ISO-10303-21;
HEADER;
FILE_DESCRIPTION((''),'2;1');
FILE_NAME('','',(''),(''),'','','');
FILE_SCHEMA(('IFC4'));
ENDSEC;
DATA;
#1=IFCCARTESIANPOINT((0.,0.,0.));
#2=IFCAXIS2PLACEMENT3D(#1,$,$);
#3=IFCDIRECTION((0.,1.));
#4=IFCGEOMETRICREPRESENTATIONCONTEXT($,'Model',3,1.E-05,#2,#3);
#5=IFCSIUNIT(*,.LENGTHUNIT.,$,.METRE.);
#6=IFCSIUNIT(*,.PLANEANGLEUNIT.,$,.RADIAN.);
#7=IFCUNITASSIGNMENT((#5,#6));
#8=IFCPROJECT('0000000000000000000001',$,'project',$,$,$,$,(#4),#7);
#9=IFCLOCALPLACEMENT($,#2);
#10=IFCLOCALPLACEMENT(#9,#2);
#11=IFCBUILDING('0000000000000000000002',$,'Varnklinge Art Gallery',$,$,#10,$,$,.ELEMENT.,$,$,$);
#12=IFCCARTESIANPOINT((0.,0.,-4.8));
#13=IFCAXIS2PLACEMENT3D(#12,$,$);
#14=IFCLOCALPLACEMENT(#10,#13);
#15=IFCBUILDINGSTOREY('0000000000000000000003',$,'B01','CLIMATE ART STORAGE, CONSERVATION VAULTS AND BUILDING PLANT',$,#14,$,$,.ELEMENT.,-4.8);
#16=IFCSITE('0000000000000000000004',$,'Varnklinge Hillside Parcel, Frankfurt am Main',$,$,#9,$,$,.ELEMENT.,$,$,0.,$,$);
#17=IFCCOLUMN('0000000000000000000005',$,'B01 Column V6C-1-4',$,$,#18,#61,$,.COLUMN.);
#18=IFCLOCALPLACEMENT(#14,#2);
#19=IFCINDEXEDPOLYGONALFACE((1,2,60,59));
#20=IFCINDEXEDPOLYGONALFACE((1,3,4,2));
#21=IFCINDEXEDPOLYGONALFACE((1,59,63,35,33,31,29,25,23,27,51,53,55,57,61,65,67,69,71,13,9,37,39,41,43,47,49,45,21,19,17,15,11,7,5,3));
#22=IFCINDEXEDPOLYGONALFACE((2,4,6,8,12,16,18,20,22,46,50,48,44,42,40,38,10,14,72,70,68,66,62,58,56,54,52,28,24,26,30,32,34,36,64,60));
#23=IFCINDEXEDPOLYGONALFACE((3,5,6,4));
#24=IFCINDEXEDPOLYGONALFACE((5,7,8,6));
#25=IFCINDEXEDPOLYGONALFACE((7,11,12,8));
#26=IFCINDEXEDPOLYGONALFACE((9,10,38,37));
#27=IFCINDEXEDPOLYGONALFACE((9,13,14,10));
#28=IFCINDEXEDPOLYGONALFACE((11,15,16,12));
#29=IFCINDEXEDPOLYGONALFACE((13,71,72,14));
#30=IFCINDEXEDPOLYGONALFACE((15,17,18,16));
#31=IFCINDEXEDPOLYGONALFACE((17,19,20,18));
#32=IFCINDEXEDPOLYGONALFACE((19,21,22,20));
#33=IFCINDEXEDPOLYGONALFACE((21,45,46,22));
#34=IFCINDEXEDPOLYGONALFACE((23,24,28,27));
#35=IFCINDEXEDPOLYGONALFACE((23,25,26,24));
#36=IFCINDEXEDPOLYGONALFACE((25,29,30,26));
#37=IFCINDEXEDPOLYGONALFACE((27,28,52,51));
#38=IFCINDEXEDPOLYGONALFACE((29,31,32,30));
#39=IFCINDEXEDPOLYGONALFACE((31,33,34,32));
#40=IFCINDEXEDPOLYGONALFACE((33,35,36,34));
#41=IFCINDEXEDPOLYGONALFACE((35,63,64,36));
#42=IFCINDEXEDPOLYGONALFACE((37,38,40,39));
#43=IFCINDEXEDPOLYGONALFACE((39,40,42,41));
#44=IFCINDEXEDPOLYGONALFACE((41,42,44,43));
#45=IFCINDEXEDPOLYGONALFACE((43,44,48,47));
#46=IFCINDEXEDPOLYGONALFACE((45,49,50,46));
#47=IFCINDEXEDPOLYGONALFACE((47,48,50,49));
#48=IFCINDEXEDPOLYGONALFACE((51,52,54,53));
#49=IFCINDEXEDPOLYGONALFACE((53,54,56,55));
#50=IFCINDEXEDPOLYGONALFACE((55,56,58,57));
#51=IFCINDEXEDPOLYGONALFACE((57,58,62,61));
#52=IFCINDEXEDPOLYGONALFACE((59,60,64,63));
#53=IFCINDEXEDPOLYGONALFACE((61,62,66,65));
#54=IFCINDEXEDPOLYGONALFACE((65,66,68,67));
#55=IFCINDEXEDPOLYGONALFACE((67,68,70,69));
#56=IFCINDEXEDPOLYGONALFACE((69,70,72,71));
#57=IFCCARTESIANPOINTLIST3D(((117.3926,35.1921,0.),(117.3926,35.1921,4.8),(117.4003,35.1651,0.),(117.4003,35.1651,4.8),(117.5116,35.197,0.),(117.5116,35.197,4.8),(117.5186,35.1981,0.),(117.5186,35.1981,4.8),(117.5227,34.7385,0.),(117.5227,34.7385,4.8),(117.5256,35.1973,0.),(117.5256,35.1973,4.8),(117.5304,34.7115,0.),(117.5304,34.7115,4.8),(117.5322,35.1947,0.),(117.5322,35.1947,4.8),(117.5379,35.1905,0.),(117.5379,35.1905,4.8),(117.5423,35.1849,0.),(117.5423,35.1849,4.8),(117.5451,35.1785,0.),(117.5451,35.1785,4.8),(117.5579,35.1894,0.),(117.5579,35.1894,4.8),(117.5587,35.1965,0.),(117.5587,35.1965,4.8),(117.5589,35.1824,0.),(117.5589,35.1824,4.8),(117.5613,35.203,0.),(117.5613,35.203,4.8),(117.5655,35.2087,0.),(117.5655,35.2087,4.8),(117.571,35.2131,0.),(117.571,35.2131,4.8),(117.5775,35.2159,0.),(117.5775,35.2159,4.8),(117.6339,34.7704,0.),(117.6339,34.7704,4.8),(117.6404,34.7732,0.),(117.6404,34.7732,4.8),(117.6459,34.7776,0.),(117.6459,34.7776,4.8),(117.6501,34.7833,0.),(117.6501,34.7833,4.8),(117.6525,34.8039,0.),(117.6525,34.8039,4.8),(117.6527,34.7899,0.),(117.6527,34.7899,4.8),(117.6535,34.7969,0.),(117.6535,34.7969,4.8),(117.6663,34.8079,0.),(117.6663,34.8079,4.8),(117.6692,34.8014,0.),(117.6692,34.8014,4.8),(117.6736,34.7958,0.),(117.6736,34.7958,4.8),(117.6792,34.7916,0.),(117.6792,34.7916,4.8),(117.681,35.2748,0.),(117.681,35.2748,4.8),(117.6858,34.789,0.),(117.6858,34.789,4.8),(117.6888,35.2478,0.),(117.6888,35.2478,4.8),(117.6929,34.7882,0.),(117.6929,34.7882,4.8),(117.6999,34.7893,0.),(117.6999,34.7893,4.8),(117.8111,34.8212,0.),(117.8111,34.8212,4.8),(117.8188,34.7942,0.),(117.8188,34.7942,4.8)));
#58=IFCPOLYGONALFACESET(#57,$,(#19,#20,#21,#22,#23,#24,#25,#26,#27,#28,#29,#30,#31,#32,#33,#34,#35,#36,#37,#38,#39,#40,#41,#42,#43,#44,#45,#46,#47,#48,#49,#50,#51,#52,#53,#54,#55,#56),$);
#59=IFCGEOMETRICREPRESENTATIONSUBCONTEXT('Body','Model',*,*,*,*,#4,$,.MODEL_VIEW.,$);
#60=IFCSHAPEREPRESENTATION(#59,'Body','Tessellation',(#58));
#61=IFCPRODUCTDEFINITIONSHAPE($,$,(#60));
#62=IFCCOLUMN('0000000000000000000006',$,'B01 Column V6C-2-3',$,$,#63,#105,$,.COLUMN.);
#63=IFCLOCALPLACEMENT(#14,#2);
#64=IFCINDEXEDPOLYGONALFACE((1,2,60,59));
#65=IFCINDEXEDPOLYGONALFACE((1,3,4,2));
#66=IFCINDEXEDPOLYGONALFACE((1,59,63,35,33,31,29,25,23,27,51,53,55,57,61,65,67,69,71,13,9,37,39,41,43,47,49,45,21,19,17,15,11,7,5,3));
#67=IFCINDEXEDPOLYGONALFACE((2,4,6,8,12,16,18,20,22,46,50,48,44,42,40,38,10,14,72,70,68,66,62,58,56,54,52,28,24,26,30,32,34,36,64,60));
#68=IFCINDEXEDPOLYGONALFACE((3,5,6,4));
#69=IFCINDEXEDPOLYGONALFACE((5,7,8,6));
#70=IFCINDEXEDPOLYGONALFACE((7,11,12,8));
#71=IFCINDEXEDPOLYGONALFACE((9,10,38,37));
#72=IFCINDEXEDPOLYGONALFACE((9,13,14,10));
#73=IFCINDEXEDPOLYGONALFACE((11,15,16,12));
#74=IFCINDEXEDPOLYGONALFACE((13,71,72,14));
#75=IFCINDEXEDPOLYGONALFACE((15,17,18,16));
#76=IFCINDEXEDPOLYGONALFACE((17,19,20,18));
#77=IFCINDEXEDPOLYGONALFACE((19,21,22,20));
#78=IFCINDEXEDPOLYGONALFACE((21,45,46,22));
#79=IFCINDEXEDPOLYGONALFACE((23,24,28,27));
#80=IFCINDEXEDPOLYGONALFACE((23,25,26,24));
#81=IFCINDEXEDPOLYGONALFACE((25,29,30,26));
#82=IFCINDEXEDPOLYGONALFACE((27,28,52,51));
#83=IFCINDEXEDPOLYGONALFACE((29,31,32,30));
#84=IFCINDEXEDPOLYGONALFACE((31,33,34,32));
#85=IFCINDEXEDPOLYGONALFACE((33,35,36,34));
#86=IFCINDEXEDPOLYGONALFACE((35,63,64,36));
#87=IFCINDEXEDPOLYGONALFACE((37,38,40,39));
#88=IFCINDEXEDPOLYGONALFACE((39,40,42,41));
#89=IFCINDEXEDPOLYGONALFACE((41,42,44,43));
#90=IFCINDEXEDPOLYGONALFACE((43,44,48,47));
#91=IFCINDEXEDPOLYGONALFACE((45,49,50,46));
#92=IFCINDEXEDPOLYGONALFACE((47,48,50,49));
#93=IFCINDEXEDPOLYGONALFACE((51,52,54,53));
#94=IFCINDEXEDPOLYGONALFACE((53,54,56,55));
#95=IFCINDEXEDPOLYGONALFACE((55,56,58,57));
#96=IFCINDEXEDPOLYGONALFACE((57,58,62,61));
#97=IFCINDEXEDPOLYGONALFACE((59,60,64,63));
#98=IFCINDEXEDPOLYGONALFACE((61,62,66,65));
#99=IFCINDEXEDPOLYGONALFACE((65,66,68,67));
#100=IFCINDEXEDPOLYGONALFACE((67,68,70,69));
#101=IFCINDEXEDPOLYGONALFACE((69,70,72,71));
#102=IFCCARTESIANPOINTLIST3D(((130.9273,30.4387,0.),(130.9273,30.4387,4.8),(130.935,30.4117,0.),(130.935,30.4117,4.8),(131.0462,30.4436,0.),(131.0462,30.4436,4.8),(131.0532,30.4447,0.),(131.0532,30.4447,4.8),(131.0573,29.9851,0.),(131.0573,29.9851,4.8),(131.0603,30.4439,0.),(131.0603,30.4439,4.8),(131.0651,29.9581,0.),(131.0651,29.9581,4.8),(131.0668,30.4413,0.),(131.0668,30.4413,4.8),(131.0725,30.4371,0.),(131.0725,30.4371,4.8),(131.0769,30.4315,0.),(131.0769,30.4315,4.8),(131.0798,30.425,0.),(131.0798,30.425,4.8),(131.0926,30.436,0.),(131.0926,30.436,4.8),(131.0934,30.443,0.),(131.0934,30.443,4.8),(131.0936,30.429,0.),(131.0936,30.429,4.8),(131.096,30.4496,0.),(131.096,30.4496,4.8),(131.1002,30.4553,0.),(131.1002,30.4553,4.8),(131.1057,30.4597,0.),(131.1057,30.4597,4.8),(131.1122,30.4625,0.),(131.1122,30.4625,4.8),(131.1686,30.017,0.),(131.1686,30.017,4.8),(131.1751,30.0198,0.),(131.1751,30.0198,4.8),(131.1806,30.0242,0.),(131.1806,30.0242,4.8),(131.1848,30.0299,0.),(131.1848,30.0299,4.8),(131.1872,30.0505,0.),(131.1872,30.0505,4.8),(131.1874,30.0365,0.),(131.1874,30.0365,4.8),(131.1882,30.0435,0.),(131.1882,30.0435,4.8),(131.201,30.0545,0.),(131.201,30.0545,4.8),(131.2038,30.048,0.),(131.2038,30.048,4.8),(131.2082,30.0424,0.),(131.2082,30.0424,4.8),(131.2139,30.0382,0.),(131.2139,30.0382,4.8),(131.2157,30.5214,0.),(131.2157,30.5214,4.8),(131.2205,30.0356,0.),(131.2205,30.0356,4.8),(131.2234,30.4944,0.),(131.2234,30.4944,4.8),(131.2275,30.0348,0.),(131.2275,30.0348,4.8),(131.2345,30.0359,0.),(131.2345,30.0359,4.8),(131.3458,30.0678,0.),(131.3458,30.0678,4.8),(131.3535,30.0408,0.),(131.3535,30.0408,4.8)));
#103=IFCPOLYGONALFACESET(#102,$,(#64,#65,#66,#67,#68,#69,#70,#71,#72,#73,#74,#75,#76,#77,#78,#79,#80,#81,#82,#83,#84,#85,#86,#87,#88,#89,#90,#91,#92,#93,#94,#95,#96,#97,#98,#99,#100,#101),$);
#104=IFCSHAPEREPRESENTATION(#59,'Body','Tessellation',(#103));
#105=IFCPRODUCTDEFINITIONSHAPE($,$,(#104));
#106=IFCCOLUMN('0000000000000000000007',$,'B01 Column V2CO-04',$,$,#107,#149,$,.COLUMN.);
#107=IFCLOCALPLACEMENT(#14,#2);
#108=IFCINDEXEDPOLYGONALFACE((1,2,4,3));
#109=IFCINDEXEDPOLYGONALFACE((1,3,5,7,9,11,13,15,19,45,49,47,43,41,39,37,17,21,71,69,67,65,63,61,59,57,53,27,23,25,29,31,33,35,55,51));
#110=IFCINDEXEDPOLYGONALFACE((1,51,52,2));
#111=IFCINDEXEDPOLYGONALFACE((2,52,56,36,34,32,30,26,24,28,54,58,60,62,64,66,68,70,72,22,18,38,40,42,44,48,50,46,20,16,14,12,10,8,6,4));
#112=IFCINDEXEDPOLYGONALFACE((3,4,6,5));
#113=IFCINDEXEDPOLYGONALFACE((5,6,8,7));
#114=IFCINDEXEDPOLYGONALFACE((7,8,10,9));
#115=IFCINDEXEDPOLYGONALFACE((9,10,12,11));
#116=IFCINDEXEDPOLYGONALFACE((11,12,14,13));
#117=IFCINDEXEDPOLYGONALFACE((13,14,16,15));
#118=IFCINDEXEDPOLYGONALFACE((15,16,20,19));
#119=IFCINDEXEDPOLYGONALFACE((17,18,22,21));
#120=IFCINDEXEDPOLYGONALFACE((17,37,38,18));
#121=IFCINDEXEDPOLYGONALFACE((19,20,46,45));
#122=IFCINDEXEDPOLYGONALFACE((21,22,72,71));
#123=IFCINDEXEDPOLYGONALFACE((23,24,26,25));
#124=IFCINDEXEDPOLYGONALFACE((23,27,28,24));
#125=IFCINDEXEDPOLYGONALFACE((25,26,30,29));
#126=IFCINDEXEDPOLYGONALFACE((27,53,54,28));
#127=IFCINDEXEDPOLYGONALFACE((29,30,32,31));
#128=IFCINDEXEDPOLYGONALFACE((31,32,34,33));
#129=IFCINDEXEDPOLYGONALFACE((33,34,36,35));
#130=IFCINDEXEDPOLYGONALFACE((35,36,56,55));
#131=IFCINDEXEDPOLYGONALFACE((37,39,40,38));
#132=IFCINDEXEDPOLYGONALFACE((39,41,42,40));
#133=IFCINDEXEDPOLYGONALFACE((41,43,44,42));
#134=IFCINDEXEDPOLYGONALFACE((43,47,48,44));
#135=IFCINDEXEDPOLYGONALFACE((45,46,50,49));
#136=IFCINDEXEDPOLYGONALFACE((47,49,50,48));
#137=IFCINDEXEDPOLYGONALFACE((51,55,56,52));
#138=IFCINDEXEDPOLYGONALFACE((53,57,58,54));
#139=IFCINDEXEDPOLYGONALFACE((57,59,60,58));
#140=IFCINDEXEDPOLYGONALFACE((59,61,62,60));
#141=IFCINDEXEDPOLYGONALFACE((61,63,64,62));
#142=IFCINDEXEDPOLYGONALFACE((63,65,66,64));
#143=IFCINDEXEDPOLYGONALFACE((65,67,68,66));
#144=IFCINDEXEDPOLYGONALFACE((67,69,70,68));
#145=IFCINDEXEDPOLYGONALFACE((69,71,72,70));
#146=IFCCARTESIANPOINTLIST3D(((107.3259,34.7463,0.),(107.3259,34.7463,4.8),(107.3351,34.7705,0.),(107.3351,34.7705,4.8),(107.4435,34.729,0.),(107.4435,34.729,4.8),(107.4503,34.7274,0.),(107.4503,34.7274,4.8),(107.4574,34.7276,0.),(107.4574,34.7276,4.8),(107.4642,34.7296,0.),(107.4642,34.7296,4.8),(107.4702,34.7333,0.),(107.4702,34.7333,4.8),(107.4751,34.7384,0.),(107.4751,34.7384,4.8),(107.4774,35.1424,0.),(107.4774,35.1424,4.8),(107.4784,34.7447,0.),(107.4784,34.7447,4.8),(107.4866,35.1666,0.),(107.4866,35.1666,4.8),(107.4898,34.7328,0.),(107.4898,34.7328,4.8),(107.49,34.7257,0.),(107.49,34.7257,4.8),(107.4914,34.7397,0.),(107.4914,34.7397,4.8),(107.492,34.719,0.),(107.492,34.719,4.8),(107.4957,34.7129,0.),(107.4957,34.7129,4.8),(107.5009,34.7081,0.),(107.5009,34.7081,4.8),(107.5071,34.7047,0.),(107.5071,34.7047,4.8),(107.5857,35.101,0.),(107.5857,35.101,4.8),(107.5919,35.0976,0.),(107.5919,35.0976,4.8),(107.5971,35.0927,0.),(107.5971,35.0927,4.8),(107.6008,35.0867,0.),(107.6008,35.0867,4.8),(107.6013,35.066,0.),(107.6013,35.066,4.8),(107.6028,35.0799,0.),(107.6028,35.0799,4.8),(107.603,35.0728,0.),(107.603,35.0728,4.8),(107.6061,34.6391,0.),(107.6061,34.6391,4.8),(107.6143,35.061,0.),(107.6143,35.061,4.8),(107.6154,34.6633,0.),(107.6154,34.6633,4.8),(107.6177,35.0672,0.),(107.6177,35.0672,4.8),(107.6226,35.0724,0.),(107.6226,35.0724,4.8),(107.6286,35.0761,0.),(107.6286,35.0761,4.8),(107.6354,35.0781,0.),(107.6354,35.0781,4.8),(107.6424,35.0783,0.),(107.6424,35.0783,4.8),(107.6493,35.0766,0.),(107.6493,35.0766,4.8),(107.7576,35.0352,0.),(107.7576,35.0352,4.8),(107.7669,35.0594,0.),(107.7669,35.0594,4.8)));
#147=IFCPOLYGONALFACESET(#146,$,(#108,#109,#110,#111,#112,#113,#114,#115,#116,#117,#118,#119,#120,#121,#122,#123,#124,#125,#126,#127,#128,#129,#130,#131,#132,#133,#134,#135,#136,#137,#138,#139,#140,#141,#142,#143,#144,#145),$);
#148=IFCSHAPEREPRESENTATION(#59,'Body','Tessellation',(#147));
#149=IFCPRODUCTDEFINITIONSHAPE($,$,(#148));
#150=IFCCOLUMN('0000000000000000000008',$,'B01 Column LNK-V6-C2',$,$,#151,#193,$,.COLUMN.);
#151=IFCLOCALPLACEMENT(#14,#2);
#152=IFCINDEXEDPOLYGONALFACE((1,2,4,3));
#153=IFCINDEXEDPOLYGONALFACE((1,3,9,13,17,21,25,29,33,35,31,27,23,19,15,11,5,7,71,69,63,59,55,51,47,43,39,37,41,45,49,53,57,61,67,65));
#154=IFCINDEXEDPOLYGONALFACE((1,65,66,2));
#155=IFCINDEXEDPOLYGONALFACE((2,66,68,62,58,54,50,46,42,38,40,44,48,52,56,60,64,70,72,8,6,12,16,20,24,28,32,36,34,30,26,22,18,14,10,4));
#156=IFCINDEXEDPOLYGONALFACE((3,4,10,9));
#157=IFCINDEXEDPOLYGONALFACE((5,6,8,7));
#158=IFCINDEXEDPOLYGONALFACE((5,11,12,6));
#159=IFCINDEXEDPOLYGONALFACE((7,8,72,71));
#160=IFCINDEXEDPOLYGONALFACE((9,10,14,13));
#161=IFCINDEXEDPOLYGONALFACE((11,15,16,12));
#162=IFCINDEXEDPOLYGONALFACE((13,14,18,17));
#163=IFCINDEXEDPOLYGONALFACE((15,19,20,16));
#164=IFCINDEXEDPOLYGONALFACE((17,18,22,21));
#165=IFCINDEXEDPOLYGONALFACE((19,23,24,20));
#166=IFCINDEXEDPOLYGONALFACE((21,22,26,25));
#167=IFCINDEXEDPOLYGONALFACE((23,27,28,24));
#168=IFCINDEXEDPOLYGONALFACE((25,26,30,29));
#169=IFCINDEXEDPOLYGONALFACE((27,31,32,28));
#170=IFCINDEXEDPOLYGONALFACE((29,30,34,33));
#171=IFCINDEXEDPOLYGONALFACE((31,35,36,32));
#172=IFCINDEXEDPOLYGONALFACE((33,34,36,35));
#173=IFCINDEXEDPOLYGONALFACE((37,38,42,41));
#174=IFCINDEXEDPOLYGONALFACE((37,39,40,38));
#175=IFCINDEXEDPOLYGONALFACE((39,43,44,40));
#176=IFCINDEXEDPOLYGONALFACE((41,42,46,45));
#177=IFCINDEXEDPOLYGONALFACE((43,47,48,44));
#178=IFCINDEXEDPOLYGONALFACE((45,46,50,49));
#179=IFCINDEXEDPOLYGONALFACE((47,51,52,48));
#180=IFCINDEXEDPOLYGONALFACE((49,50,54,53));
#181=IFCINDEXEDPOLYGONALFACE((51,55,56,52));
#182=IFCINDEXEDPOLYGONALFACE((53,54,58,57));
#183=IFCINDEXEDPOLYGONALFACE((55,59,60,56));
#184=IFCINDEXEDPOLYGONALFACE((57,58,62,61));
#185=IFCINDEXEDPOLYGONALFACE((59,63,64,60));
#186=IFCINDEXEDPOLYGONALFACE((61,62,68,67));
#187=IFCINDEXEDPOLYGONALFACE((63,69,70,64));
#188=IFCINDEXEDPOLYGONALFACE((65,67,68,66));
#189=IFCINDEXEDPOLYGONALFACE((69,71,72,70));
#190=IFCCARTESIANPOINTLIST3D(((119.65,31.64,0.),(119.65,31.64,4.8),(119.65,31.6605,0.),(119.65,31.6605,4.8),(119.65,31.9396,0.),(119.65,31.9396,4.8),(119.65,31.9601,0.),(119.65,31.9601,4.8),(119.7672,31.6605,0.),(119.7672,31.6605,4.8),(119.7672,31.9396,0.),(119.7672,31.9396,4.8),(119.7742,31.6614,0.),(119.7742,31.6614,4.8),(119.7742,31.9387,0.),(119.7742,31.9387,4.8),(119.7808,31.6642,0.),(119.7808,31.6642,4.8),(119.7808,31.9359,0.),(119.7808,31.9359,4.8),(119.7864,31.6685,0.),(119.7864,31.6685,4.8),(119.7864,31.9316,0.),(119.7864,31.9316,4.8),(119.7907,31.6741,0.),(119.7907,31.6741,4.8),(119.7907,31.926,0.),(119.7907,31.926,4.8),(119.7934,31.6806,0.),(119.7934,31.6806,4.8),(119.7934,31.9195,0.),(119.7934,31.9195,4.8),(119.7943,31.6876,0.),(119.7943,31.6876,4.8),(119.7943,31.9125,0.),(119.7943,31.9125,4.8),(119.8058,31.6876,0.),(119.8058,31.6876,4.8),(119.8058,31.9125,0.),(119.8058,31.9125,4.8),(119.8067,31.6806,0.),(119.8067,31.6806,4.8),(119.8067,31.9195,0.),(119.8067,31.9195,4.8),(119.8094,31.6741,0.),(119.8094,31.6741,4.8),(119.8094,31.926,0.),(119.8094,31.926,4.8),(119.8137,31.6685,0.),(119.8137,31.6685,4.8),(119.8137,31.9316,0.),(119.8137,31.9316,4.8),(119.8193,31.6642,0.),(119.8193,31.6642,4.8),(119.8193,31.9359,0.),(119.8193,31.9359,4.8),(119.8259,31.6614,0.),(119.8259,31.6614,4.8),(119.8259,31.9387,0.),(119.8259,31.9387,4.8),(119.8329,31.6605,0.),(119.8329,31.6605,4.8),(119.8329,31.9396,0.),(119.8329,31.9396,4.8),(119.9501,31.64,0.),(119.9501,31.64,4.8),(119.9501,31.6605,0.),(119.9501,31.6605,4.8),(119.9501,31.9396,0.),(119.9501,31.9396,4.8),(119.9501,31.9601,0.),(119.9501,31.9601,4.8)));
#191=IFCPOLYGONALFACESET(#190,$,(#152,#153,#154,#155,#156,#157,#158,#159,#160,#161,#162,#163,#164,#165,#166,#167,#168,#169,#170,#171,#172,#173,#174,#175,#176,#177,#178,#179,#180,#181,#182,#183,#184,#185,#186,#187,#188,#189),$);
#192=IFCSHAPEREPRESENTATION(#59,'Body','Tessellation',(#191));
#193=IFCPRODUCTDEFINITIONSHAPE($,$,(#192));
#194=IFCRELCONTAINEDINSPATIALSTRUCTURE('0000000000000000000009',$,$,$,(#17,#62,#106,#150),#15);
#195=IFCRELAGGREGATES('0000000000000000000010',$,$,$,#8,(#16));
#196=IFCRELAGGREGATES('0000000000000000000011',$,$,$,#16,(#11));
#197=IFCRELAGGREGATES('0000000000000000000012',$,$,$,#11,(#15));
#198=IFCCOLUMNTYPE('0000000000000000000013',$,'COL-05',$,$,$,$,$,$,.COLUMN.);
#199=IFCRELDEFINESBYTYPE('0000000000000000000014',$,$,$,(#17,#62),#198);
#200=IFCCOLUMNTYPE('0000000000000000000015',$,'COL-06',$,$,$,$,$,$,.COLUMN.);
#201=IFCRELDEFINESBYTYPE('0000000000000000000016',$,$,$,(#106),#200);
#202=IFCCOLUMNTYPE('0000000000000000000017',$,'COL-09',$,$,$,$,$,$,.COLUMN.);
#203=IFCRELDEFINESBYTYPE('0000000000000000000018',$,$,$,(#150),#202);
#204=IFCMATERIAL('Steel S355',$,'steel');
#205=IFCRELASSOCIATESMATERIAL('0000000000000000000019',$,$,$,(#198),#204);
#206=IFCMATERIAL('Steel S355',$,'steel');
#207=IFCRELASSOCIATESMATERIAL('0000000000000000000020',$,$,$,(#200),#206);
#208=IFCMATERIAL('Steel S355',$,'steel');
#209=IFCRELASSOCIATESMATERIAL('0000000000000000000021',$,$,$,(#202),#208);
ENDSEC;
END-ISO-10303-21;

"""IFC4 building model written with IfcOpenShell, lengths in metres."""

from ifc_helpers import new_model, si_unit, direction, frame, origin, origin_2d, place, context, subcontext, project, spatial, i_section, extrude, material, material_profile, profile_set, type_object, element, save


model = new_model("IFC4")

# Units and contexts
model_context = context("Model", 3, precision=1e-05, world=origin(), true_north=direction((0.0, 1.0)))
body_context = subcontext(model_context, "Body", "Model", "MODEL_VIEW")
ifc_project = project(units=[si_unit("LENGTHUNIT", "METRE"), si_unit("PLANEANGLEUNIT", "RADIAN")], contexts=[model_context])

# Site, building, storey
site_placement = place(None, origin())
site = spatial("IfcSite", under=ifc_project, at=site_placement, Name="Varnklinge Hillside Parcel, Frankfurt am Main", CompositionType="ELEMENT", RefElevation=0.0)
building_placement = place(site_placement, origin())
building = spatial("IfcBuilding", under=site, at=building_placement, Name="Varnklinge Art Gallery", CompositionType="ELEMENT")
storey_placement = place(building_placement, frame((0.0, 0.0, -4.8)))
storey = spatial("IfcBuildingStorey", under=building, at=storey_placement, Name="B01", Description="CLIMATE ART STORAGE, CONSERVATION VAULTS AND BUILDING PLANT", CompositionType="ELEMENT", Elevation=-4.8)

# Columns
ifc_material_1 = material(Name="Steel S355", Category="steel")
ifc_material_profile_1 = material_profile(ifc_material_1, i_section(OverallWidth=0.3, OverallDepth=0.5, WebThickness=0.0144, FlangeThickness=0.0281, FilletRadius=0.0271, at=origin_2d()), Name="HEB 500")
ifc_profile_set_1 = profile_set([ifc_material_profile_1], Name="Steel S355")
column_type_1 = type_object("IfcColumnType", Name="COL-05", PredefinedType="COLUMN", material=ifc_profile_set_1)
for number, where, z_axis, x_axis, name in (
    (1, (117.6057, 34.9932, 0.0), (0.0, 0.0, 1.0), (0.961262, 0.275637, 0.0), "B01 Column V6C-1-4"),
    (2, (131.1404, 30.2397, 0.0), (0.0, 0.0, 1.0), (0.961262, 0.275637, 0.0), "B01 Column V6C-2-3"),
):
    element("IfcColumn", number, at=place(storey_placement, frame(where, z_axis=z_axis, x_axis=x_axis)), inside=storey, type_object=column_type_1, Name=name, PredefinedType="COLUMN", context=body_context, shape_type="SweptSolid", body=[
        extrude(i_section(OverallWidth=0.3, OverallDepth=0.5, WebThickness=0.0144, FlangeThickness=0.0281, FilletRadius=0.0271, at=origin_2d()), origin(), (0.0, 0.0, 1.0), 4.8),
    ])
ifc_material_2 = material(Name="Steel S355", Category="steel")
ifc_material_profile_2 = material_profile(ifc_material_2, i_section(OverallWidth=0.3, OverallDepth=0.45, WebThickness=0.0139, FlangeThickness=0.0259, FilletRadius=0.0271, at=origin_2d()), Name="HEB 450")
ifc_profile_set_2 = profile_set([ifc_material_profile_2], Name="Steel S355")
column_type_2 = type_object("IfcColumnType", Name="COL-06", PredefinedType="COLUMN", material=ifc_profile_set_2)
column_placement = place(storey_placement, frame((107.5464, 34.9028, 0.0), z_axis=(0.0, 0.0, 1.0), x_axis=(-0.934018, 0.357227, 0.0)))
element("IfcColumn", 3, at=column_placement, inside=storey, type_object=column_type_2, Name="B01 Column V2CO-04", PredefinedType="COLUMN", context=body_context, shape_type="SweptSolid", body=[
    extrude(i_section(OverallWidth=0.3, OverallDepth=0.45, WebThickness=0.0139, FlangeThickness=0.0259, FilletRadius=0.0271, at=origin_2d()), origin(), (0.0, 0.0, 1.0), 4.8),
])
ifc_material_3 = material(Name="Steel S355", Category="steel")
ifc_material_profile_3 = material_profile(ifc_material_3, i_section(OverallWidth=0.3, OverallDepth=0.3201, WebThickness=0.0115, FlangeThickness=0.0205, FilletRadius=0.0271, at=origin_2d()), Name="HEB 320")
ifc_profile_set_3 = profile_set([ifc_material_profile_3], Name="Steel S355")
column_type_3 = type_object("IfcColumnType", Name="COL-09", PredefinedType="COLUMN", material=ifc_profile_set_3)
for number, where, z_axis, x_axis, name in (
    (4, (119.8, 31.8, 0.0), (0.0, 0.0, 1.0), (1.0, 0.0, 0.0), "B01 Column LNK-V6-C2"),
):
    element("IfcColumn", number, at=place(storey_placement, frame(where, z_axis=z_axis, x_axis=x_axis)), inside=storey, type_object=column_type_3, Name=name, PredefinedType="COLUMN", context=body_context, shape_type="SweptSolid", body=[
        extrude(i_section(OverallWidth=0.3, OverallDepth=0.3201, WebThickness=0.0115, FlangeThickness=0.0205, FilletRadius=0.0271, at=origin_2d()), origin(), (0.0, 0.0, 1.0), 4.8),
    ])

save(model, "model.ifc")
